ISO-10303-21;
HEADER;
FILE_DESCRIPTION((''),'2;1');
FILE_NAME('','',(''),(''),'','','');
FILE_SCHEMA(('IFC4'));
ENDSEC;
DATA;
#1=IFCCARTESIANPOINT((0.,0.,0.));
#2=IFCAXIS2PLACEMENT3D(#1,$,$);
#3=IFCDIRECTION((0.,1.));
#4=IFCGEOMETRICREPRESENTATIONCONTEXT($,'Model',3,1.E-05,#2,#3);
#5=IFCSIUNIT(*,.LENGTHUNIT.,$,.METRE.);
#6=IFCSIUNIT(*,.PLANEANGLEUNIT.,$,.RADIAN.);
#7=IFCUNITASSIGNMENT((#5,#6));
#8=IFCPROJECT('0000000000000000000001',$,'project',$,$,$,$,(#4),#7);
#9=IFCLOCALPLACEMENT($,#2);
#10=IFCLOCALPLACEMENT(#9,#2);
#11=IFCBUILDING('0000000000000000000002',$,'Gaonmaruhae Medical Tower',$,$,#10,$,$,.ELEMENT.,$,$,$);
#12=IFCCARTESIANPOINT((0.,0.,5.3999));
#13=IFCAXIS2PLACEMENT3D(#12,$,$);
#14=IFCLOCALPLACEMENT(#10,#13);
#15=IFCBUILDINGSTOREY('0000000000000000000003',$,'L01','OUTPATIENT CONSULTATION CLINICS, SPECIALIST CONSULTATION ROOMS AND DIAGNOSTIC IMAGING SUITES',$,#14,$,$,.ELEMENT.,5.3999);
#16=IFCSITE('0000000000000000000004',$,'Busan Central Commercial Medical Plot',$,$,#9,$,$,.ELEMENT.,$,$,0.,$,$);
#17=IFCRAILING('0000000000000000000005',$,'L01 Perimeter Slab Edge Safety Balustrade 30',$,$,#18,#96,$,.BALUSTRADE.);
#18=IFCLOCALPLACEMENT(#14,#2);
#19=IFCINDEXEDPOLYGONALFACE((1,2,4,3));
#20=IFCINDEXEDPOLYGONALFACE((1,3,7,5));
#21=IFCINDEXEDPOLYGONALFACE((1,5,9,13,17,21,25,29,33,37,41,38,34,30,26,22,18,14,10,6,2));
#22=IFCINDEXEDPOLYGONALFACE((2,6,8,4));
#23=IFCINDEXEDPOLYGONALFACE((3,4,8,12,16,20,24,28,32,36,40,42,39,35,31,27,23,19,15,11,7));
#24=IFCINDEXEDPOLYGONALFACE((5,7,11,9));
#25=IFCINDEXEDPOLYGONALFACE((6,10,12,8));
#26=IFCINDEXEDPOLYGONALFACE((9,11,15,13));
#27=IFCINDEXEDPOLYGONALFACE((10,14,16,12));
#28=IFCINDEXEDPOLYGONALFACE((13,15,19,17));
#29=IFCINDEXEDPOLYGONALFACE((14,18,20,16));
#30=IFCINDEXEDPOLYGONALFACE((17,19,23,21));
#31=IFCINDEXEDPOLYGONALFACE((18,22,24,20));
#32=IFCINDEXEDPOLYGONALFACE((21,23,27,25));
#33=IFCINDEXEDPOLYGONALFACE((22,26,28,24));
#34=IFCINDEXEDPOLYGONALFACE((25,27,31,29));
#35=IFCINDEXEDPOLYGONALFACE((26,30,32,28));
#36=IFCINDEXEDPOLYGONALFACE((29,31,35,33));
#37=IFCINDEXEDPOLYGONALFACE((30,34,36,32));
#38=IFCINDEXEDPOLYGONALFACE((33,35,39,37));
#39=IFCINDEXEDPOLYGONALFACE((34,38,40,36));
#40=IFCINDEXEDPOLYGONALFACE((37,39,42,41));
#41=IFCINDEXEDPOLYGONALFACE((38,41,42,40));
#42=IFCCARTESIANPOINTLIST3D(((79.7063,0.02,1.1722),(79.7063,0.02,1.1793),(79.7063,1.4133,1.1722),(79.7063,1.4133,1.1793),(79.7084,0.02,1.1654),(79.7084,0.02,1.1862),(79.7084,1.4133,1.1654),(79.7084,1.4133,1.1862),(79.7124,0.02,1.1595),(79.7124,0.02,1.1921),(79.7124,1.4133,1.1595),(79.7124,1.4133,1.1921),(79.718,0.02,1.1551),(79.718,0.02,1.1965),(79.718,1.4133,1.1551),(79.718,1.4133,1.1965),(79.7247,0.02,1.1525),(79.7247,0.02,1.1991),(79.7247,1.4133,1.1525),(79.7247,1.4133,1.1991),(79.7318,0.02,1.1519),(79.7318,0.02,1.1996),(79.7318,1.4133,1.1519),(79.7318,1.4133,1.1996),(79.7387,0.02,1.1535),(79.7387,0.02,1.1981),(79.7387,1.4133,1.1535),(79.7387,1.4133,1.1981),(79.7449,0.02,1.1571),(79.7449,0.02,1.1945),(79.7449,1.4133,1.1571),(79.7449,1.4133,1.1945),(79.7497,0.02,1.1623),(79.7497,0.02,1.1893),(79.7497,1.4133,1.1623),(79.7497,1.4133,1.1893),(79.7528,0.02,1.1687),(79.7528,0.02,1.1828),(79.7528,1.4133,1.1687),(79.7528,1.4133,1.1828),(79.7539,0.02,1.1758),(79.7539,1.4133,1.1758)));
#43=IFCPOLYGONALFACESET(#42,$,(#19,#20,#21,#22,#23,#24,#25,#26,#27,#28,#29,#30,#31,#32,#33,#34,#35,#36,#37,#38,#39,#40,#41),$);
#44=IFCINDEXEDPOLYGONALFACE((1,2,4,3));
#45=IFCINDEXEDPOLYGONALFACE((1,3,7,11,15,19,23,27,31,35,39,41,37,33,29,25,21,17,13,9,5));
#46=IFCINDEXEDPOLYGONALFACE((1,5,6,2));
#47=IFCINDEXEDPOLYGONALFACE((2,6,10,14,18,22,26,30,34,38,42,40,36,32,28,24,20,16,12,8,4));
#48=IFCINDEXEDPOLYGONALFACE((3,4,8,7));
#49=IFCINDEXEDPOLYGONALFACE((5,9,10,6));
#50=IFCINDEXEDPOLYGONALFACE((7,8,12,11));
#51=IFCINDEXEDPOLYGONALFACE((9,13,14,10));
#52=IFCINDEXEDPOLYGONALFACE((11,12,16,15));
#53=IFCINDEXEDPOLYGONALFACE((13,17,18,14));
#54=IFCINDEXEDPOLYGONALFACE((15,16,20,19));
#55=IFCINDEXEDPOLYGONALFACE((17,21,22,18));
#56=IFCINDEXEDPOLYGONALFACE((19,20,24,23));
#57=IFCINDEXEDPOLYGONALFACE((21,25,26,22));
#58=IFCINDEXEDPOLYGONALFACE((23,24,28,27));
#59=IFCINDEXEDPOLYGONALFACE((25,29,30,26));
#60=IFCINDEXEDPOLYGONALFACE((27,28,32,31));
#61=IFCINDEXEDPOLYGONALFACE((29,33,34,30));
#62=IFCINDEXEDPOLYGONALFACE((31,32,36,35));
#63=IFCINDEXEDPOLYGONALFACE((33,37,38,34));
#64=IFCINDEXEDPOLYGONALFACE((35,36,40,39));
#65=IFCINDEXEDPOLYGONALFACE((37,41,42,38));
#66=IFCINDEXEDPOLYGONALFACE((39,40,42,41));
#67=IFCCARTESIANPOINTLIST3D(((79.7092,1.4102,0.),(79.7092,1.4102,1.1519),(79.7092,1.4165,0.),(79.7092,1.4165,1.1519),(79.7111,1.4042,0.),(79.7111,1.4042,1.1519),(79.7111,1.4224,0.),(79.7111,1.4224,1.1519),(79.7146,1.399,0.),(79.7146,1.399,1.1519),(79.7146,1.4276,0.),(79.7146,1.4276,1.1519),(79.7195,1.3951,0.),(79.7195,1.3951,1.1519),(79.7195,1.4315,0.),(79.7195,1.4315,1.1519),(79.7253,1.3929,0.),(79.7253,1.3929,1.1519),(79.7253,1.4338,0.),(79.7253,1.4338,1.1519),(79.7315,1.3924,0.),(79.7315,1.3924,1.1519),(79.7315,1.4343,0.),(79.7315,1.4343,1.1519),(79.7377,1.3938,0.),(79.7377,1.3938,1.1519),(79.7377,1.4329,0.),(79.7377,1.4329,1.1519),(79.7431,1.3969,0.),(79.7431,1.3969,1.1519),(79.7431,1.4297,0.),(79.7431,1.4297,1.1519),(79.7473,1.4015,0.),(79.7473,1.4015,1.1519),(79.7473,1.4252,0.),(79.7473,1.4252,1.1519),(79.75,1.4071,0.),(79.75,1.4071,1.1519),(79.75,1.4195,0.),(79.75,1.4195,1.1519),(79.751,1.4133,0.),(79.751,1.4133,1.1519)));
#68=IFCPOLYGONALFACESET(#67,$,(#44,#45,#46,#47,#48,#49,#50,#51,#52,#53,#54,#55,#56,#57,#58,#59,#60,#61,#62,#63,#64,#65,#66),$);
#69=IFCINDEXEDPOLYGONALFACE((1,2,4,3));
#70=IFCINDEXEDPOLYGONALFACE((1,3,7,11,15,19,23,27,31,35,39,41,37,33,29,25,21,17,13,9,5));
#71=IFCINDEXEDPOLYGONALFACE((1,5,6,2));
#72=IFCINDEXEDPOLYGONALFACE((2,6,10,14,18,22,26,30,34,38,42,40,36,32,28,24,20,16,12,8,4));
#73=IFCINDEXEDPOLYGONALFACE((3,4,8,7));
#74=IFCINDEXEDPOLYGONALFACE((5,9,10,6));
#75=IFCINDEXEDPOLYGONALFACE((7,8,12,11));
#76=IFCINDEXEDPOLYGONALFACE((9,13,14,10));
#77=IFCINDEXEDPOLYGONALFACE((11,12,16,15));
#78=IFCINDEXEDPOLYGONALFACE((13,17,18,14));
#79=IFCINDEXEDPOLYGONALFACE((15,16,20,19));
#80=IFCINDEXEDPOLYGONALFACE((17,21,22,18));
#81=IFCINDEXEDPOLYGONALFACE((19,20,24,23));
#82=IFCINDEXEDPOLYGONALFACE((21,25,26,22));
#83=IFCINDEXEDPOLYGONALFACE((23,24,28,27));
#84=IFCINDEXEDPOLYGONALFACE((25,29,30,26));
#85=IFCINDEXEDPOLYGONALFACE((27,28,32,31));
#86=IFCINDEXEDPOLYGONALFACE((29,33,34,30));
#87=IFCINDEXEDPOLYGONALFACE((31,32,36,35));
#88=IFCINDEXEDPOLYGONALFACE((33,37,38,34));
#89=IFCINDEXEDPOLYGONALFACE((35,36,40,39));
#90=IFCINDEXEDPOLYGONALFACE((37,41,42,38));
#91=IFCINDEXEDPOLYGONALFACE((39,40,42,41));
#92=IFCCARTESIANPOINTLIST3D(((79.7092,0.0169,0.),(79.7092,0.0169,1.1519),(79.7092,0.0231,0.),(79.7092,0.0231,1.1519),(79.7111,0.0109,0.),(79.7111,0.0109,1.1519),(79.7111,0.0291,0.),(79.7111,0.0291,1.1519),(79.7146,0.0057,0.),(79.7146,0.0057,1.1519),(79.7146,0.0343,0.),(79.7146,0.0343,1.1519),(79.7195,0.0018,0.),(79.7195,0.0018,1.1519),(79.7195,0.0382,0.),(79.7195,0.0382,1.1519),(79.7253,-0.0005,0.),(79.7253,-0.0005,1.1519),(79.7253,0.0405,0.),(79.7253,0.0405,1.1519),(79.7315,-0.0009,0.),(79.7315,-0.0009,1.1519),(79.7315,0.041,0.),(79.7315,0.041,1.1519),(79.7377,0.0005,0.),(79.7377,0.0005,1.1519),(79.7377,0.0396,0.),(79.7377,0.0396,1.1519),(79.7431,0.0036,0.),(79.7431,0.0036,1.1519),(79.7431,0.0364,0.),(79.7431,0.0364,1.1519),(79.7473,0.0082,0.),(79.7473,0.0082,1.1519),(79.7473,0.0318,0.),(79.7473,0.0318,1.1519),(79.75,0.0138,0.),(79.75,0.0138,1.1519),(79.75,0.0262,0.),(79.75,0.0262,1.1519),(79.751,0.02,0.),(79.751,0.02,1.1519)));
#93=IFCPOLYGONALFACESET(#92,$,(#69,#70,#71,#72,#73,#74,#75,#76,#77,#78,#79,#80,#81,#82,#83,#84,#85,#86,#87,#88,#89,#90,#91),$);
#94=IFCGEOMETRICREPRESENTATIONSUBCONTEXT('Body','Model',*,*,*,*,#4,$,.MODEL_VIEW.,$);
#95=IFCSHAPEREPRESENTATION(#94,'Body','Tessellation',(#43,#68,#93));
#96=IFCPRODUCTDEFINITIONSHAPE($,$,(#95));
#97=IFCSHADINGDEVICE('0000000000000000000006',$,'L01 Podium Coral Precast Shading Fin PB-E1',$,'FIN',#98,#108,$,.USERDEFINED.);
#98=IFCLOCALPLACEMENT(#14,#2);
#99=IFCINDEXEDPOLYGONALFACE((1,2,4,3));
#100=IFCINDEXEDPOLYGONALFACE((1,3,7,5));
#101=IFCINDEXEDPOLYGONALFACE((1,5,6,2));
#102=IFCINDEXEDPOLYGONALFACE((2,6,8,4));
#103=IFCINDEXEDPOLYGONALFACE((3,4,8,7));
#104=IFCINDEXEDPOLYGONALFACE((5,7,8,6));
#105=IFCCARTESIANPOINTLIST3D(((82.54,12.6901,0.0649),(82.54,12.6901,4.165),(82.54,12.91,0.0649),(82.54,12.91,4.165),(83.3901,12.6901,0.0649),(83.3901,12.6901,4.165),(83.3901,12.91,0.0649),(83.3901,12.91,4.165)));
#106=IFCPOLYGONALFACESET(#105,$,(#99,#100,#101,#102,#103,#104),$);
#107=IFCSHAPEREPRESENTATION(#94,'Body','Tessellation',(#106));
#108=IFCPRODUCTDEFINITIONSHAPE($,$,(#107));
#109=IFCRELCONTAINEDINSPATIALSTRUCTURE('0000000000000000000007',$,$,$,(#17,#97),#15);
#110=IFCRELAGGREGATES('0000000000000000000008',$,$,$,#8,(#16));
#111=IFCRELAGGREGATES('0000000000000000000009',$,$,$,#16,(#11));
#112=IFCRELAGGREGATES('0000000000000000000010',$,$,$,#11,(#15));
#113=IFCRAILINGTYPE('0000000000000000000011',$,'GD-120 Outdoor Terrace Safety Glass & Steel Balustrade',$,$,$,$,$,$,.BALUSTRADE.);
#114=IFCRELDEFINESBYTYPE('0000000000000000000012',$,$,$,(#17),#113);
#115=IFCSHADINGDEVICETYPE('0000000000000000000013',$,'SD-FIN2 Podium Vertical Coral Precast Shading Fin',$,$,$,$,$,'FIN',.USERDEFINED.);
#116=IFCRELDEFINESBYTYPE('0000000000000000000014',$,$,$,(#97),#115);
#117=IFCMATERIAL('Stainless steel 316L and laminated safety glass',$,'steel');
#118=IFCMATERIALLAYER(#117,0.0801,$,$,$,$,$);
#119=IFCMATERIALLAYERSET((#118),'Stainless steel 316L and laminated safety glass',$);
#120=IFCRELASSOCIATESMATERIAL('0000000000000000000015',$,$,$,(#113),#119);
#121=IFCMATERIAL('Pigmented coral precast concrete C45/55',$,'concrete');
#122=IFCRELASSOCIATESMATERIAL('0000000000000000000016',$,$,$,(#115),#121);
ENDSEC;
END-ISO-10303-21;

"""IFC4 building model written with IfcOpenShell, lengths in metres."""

from ifc_helpers import new_model, si_unit, direction, frame, origin, origin_2d, place, context, subcontext, project, spatial, rectangle, circle, extrude, material, layer, layer_set, type_object, element, save


model = new_model("IFC4")

# Units and contexts
model_context = context("Model", 3, precision=1e-05, world=origin(), true_north=direction((0.0, 1.0)))
body_context = subcontext(model_context, "Body", "Model", "MODEL_VIEW")
ifc_project = project(units=[si_unit("LENGTHUNIT", "METRE"), si_unit("PLANEANGLEUNIT", "RADIAN")], contexts=[model_context])

# Site, building, storey
site_placement = place(None, origin())
site = spatial("IfcSite", under=ifc_project, at=site_placement, Name="Busan Central Commercial Medical Plot", CompositionType="ELEMENT", RefElevation=0.0)
building_placement = place(site_placement, origin())
building = spatial("IfcBuilding", under=site, at=building_placement, Name="Gaonmaruhae Medical Tower", CompositionType="ELEMENT")
storey_placement = place(building_placement, frame((0.0, 0.0, 5.3999)))
storey = spatial("IfcBuildingStorey", under=building, at=storey_placement, Name="L01", Description="OUTPATIENT CONSULTATION CLINICS, SPECIALIST CONSULTATION ROOMS AND DIAGNOSTIC IMAGING SUITES", CompositionType="ELEMENT", Elevation=5.3999)

# Railing
ifc_material_1 = material(Name="Stainless steel 316L and laminated safety glass", Category="steel")
ifc_layer_1 = layer(ifc_material_1, 0.0801)
ifc_layer_set_1 = layer_set([ifc_layer_1], Name="Stainless steel 316L and laminated safety glass")
railing_type = type_object("IfcRailingType", Name="GD-120 Outdoor Terrace Safety Glass & Steel Balustrade", PredefinedType="BALUSTRADE", material=ifc_layer_set_1)
railing_1_placement = place(storey_placement, frame((79.73, 1.4133, 0.0)))
element("IfcRailing", 1, at=railing_1_placement, inside=storey, type_object=railing_type, Name="L01 Perimeter Slab Edge Safety Balustrade 30", PredefinedType="BALUSTRADE", context=body_context, shape_type="SweptSolid", body=[
    extrude(circle(Radius=0.0239, at=origin_2d()), frame((0.0, 0.0, 1.1758), z_axis=(0.0, -1.0, 0.0), x_axis=(1.0, 0.0, 0.0)), (0.0, 0.0, 1.0), 1.3933),
    extrude(circle(Radius=0.021, at=origin_2d()), origin(), (0.0, 0.0, 1.0), 1.1519),
    extrude(circle(Radius=0.021, at=origin_2d()), frame((0.0, -1.3933, 0.0)), (0.0, 0.0, 1.0), 1.1519),
])

# Shading device
ifc_material_2 = material(Name="Pigmented coral precast concrete C45/55", Category="concrete")
shading_device_type = type_object("IfcShadingDeviceType", Name="SD-FIN2 Podium Vertical Coral Precast Shading Fin", ElementType="FIN", PredefinedType="USERDEFINED", material=ifc_material_2)
shading_device_placement = place(storey_placement, frame((82.9651, 12.8, 0.0649), z_axis=(0.0, 0.0, 1.0), x_axis=(0.0, -1.0, 0.0)))
element("IfcShadingDevice", 2, at=shading_device_placement, inside=storey, type_object=shading_device_type, Name="L01 Podium Coral Precast Shading Fin PB-E1", ObjectType="FIN", PredefinedType="USERDEFINED", context=body_context, shape_type="SweptSolid", body=[
    extrude(rectangle(XDim=0.22, YDim=0.8501, at=origin_2d()), origin(), (0.0, 0.0, 1.0), 4.1001),
])

save(model, "model.ifc")
